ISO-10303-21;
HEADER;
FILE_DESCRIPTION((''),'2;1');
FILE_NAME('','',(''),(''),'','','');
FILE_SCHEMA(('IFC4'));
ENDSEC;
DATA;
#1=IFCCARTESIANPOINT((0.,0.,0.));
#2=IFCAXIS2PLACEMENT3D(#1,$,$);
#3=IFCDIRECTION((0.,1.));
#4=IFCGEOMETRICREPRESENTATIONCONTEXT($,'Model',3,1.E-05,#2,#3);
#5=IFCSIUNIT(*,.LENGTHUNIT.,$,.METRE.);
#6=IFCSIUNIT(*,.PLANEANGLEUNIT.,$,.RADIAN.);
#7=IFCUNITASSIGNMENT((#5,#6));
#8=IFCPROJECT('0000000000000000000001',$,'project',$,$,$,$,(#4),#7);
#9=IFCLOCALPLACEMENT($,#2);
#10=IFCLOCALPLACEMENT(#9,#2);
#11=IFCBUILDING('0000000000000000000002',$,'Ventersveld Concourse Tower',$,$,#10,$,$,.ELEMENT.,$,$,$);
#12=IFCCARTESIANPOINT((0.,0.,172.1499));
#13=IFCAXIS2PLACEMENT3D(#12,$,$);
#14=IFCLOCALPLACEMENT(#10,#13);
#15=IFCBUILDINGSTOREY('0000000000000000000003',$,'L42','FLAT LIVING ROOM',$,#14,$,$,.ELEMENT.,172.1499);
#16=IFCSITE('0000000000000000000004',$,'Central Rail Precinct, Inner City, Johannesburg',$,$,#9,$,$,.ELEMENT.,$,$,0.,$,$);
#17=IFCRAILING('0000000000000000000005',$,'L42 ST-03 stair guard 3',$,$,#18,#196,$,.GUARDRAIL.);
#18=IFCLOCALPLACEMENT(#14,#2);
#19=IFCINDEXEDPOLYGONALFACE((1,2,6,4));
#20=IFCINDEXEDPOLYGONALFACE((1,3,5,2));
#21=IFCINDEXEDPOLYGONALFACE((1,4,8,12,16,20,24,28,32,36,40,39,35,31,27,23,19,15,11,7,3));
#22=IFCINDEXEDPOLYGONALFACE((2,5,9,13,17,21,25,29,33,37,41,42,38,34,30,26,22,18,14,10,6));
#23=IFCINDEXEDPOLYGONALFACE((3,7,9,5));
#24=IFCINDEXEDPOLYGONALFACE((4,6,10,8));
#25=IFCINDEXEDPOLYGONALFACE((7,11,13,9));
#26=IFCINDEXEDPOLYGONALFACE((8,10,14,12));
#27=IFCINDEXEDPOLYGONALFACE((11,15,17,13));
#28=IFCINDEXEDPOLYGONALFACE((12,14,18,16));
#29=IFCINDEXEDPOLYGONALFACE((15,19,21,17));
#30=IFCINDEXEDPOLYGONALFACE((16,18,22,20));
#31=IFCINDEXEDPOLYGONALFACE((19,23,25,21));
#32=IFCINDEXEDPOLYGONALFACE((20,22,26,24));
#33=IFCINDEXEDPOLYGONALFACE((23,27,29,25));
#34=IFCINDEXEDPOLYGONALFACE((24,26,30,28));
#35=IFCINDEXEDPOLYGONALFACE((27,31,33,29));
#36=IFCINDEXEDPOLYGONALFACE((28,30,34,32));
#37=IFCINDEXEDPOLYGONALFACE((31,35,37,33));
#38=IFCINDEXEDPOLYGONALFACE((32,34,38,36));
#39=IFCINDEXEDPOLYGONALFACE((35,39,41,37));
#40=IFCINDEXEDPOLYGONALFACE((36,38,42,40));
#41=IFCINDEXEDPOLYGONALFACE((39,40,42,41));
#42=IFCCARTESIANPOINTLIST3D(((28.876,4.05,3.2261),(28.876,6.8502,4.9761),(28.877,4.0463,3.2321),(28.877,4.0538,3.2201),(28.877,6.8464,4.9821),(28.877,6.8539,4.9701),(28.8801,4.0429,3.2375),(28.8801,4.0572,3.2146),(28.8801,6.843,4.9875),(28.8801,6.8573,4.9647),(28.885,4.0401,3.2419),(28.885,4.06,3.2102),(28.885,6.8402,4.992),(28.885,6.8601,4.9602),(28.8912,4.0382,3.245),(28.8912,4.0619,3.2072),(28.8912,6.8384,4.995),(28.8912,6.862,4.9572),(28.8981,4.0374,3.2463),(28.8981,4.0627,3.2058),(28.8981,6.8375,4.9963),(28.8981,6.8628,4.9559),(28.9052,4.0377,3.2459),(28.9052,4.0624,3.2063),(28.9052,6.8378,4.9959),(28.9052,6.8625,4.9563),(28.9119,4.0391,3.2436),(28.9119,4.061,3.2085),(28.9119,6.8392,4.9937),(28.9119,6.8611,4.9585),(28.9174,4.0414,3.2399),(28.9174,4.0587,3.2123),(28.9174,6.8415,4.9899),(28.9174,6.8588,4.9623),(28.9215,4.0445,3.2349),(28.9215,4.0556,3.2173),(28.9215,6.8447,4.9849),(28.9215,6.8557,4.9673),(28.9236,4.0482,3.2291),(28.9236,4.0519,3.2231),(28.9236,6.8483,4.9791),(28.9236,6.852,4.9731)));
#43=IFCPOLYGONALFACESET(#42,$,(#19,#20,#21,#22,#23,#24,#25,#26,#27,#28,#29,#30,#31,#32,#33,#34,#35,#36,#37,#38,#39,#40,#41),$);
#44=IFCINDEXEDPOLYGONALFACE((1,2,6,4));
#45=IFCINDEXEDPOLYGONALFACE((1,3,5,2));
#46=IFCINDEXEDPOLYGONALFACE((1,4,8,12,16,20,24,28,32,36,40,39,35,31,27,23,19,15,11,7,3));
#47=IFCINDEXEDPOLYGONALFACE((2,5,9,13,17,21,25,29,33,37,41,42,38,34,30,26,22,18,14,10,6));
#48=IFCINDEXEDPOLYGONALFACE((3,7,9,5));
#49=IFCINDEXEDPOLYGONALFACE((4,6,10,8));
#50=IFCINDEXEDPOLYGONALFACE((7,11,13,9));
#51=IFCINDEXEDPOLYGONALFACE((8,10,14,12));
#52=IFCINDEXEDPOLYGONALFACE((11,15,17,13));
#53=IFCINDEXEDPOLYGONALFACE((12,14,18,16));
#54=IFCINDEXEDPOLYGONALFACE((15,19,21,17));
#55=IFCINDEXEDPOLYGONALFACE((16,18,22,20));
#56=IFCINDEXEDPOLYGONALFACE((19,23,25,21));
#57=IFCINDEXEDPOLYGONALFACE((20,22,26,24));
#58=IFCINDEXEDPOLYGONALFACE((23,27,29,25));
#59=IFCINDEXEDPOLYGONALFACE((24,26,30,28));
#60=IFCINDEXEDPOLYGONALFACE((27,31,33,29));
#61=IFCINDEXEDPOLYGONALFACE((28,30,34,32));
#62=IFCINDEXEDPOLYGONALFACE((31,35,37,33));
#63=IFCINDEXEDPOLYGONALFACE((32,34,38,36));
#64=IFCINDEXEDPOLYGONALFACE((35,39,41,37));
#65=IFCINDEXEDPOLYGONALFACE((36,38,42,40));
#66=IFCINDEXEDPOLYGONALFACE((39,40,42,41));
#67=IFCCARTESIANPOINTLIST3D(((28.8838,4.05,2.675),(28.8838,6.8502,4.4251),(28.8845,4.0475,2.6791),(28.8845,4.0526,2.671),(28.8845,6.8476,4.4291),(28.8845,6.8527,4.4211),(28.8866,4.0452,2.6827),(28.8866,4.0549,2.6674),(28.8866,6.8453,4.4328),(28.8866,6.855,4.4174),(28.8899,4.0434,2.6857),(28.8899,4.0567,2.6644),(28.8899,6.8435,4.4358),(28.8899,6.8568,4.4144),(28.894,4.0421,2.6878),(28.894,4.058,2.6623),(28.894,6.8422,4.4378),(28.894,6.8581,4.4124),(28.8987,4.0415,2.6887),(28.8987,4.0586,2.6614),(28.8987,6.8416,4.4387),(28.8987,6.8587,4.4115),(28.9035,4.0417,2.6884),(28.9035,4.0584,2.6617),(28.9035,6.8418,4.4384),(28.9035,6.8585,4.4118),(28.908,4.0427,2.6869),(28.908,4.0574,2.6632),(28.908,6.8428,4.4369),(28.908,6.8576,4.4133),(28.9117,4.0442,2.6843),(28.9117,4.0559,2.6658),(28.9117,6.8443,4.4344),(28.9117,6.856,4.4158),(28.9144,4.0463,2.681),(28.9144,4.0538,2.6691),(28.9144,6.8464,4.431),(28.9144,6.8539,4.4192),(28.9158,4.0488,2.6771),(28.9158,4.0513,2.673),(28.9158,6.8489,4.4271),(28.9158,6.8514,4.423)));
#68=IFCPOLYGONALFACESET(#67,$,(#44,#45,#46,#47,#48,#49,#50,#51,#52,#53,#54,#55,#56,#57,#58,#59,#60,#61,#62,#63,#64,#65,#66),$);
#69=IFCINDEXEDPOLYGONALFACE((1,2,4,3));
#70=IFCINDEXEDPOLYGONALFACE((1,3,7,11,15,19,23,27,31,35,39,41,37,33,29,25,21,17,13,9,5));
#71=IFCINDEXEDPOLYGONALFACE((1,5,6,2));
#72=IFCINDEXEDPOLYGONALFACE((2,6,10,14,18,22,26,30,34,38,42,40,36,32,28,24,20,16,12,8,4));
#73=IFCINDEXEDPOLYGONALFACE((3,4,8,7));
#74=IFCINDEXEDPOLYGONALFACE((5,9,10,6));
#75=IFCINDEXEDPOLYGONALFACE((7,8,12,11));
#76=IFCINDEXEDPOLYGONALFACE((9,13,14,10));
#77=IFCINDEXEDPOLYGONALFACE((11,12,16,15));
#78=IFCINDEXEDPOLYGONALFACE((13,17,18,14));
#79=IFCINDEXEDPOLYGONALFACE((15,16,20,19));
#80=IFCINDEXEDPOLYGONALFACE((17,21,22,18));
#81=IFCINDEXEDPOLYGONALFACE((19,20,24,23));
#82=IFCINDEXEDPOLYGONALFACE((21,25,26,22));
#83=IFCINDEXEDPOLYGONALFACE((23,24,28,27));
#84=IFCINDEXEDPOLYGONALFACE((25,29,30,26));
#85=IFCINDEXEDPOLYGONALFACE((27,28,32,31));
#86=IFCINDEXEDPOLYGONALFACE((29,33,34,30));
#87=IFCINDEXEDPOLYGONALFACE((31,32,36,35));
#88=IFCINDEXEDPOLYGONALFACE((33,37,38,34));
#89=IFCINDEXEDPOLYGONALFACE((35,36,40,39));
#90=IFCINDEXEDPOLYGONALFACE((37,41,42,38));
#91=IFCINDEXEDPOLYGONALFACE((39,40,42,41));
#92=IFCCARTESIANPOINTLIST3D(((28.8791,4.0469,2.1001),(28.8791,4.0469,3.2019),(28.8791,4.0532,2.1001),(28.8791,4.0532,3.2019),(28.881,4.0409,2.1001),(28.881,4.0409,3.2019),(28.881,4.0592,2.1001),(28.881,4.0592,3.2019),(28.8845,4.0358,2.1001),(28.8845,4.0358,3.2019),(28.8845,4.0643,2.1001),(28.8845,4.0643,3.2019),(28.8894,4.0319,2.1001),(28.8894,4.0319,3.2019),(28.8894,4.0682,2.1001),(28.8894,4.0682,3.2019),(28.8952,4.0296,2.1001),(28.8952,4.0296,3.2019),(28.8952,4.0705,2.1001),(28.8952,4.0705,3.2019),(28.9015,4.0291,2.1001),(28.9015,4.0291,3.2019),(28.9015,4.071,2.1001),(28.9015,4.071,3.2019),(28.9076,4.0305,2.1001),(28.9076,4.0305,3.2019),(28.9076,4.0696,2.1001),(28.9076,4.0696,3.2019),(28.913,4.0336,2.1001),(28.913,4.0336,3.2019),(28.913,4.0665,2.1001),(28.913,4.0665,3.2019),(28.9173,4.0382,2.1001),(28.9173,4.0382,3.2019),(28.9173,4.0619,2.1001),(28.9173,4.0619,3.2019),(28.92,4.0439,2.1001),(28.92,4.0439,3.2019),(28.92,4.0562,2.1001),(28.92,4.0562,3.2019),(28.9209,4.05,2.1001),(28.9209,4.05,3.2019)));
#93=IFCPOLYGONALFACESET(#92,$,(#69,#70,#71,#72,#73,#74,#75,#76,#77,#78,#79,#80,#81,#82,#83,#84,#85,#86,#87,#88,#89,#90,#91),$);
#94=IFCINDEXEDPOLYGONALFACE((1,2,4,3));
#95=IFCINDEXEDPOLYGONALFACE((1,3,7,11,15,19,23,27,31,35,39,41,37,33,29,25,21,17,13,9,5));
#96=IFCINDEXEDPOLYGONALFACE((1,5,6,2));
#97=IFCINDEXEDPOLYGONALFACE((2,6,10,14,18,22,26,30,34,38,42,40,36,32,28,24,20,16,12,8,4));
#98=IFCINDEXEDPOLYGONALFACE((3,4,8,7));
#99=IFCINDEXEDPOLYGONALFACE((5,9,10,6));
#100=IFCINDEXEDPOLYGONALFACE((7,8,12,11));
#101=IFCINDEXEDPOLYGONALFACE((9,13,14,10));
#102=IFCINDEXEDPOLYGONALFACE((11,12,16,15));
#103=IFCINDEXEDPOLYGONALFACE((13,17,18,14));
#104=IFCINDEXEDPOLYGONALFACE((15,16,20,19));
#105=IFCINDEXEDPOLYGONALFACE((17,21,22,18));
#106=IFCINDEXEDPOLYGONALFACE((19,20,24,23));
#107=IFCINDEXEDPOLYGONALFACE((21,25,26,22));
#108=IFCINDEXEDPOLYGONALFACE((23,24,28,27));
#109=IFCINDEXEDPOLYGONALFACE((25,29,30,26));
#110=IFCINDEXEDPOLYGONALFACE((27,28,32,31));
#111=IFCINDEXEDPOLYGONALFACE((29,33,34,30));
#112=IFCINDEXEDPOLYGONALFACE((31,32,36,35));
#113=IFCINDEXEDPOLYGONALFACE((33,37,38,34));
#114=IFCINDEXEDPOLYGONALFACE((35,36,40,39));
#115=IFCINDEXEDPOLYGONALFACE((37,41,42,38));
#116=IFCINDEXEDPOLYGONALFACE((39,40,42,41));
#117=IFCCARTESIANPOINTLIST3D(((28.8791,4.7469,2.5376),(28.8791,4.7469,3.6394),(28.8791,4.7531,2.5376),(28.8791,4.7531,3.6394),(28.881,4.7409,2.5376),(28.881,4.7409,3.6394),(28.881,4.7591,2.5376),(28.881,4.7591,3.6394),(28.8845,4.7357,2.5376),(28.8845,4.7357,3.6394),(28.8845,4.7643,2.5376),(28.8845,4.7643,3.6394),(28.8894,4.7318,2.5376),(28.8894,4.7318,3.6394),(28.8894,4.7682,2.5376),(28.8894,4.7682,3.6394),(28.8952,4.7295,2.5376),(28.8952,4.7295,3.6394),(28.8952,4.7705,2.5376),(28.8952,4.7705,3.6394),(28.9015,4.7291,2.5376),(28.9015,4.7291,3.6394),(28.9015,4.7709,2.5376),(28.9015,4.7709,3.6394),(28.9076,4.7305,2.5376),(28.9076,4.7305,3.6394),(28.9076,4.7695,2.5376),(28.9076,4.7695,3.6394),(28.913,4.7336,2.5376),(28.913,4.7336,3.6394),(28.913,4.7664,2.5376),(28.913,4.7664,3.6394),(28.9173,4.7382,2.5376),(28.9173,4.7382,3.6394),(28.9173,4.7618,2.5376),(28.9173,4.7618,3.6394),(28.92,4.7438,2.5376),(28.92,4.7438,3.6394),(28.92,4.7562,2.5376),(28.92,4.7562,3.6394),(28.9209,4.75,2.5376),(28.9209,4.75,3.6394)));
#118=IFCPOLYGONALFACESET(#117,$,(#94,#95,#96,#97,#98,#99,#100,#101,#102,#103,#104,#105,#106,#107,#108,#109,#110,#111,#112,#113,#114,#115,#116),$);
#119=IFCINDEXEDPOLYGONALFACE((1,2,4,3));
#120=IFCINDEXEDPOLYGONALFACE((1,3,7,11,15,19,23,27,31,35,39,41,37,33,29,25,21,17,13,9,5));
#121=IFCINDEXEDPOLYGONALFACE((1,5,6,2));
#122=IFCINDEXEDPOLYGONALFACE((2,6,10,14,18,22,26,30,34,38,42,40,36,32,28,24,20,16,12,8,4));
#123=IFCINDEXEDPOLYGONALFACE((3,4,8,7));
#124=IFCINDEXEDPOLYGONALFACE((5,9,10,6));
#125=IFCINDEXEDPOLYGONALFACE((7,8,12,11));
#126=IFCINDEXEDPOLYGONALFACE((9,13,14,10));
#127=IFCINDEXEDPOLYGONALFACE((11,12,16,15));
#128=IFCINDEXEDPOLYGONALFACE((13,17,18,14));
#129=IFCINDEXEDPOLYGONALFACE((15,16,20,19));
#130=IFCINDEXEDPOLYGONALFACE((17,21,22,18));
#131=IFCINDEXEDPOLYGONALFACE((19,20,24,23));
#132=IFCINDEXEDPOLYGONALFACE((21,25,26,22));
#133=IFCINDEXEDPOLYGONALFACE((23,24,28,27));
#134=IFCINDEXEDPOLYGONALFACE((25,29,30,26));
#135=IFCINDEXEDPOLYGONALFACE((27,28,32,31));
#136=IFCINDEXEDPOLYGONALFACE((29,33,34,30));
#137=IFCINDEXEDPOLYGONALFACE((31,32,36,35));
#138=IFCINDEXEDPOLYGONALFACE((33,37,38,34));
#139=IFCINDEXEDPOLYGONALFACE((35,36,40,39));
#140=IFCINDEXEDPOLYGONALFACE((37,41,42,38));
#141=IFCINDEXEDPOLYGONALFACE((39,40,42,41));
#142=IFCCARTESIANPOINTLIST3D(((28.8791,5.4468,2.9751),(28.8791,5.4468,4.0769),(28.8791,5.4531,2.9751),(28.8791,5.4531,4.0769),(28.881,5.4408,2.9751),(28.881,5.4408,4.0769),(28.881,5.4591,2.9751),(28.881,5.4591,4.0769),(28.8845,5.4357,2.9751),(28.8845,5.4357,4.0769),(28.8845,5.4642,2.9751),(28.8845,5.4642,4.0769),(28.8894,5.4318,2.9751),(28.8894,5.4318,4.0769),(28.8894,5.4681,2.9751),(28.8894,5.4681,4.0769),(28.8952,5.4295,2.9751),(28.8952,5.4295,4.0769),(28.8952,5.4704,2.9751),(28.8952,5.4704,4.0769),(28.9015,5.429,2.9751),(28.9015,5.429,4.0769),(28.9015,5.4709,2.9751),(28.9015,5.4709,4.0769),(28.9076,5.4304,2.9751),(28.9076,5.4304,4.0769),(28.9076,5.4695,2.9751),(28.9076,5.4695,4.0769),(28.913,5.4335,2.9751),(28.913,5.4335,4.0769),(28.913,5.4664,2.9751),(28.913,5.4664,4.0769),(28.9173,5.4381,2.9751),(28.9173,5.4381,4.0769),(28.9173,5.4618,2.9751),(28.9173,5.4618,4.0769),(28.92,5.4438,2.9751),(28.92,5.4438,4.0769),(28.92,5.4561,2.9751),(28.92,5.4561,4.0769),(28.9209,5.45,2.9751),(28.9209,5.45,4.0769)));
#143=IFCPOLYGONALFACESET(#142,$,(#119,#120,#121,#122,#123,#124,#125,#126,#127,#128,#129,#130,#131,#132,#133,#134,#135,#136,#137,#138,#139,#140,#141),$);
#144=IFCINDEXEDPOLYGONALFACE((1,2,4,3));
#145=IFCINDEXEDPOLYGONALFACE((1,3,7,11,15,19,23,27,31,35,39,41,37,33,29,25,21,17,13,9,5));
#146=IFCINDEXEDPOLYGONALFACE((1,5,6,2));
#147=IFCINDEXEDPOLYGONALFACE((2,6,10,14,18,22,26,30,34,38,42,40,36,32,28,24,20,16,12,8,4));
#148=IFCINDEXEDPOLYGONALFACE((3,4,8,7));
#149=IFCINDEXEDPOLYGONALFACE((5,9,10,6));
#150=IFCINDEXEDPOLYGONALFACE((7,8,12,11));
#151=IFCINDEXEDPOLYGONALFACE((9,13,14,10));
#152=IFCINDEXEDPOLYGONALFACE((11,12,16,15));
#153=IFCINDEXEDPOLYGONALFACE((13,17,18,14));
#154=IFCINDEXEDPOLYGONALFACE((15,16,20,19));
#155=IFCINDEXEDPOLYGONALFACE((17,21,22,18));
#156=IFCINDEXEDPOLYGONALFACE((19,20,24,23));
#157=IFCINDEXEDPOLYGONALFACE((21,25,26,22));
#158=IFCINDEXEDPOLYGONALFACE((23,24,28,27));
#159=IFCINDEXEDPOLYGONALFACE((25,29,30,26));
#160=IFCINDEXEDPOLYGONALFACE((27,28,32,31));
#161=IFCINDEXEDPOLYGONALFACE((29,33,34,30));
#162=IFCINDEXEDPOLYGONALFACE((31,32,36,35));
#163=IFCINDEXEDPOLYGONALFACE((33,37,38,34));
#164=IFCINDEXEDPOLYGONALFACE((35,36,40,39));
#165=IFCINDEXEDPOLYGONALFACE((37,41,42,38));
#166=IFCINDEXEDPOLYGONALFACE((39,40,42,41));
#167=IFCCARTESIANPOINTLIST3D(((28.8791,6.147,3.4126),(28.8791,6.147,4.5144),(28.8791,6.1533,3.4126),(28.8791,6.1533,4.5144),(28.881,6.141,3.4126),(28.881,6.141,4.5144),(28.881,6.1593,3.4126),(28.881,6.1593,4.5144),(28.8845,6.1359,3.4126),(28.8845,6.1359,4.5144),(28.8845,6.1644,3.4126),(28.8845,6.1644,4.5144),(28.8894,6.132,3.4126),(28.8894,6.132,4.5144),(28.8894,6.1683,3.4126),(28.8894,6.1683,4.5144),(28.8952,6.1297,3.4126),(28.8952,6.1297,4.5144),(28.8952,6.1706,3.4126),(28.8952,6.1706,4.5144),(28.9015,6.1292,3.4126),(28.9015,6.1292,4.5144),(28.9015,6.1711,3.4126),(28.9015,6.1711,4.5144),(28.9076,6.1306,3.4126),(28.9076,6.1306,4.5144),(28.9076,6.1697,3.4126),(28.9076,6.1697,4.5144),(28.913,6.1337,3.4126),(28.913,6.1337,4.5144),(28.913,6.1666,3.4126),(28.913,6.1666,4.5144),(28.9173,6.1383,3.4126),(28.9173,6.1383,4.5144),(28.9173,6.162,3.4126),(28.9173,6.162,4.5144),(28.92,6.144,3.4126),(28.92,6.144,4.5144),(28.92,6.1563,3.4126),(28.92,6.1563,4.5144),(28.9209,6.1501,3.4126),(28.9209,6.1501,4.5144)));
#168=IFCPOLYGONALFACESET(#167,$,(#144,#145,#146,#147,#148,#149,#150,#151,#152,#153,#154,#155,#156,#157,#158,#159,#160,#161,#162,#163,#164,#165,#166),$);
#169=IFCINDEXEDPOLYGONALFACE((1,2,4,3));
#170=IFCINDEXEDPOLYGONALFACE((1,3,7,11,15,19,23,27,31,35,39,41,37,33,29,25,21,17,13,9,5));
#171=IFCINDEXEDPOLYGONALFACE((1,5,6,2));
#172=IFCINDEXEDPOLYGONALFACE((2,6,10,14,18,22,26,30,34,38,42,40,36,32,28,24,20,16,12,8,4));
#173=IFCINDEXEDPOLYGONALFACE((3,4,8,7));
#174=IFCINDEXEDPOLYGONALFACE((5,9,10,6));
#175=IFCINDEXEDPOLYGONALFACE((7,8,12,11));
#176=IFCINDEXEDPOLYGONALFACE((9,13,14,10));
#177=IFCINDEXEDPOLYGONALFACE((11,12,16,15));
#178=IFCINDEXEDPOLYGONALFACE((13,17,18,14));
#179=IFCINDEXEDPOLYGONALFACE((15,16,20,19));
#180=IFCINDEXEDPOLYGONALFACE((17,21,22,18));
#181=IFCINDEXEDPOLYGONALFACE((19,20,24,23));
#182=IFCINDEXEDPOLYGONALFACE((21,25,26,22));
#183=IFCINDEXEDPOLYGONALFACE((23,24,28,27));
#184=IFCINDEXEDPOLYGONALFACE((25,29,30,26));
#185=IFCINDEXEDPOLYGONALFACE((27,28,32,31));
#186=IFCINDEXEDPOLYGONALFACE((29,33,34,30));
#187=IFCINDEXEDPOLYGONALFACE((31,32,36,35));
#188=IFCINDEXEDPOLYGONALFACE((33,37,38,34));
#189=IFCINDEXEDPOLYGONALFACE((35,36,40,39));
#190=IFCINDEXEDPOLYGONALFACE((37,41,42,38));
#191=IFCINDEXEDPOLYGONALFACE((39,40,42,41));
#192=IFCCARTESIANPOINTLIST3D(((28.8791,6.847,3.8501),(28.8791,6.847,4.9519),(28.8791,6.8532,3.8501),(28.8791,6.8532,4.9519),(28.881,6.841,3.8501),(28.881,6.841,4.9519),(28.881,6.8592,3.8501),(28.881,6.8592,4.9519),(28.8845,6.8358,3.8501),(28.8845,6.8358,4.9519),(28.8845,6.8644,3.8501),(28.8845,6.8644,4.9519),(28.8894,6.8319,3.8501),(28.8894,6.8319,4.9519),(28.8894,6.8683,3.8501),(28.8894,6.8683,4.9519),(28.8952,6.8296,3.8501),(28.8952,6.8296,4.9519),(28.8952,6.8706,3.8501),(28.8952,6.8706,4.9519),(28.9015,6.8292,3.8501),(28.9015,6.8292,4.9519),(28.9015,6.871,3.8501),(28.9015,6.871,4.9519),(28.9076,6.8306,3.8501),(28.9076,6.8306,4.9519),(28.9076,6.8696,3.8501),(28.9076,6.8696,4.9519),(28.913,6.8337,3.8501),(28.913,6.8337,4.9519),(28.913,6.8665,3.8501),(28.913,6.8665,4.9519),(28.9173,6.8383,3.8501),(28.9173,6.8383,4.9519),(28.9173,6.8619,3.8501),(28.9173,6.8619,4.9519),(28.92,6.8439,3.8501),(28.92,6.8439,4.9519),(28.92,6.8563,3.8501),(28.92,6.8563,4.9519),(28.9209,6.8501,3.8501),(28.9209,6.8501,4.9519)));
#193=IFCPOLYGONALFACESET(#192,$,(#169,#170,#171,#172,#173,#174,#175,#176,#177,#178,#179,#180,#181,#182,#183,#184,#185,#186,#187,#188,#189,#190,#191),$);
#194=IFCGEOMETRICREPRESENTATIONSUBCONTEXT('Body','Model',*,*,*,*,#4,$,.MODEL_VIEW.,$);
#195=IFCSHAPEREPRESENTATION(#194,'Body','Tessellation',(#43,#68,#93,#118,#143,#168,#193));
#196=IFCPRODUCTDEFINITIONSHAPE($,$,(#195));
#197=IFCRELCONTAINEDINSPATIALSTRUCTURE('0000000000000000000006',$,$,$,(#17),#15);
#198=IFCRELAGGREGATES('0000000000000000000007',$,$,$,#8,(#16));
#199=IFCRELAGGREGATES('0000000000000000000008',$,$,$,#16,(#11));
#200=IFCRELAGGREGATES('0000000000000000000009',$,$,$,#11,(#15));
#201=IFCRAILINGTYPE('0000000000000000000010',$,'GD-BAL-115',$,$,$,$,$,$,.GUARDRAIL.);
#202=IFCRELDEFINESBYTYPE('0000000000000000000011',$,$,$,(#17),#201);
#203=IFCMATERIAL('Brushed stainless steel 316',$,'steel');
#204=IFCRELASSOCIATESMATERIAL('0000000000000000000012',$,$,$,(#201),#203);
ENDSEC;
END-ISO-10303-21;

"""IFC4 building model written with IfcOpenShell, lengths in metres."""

from ifc_helpers import new_model, si_unit, direction, frame, origin, origin_2d, place, context, subcontext, project, spatial, circle, extrude, material, type_object, element, save


model = new_model("IFC4")

# Units and contexts
model_context = context("Model", 3, precision=1e-05, world=origin(), true_north=direction((0.0, 1.0)))
body_context = subcontext(model_context, "Body", "Model", "MODEL_VIEW")
ifc_project = project(units=[si_unit("LENGTHUNIT", "METRE"), si_unit("PLANEANGLEUNIT", "RADIAN")], contexts=[model_context])

# Site, building, storey
site_placement = place(None, origin())
site = spatial("IfcSite", under=ifc_project, at=site_placement, Name="Central Rail Precinct, Inner City, Johannesburg", CompositionType="ELEMENT", RefElevation=0.0)
building_placement = place(site_placement, origin())
building = spatial("IfcBuilding", under=site, at=building_placement, Name="Ventersveld Concourse Tower", CompositionType="ELEMENT")
storey_placement = place(building_placement, frame((0.0, 0.0, 172.1499)))
storey = spatial("IfcBuildingStorey", under=building, at=storey_placement, Name="L42", Description="FLAT LIVING ROOM", CompositionType="ELEMENT", Elevation=172.1499)

# Shared definitions
ifc_material_1 = material(Name="Brushed stainless steel 316", Category="steel")

# Railing
railing_type_1 = type_object("IfcRailingType", Name="GD-BAL-115", PredefinedType="GUARDRAIL", material=ifc_material_1)
railing_1_placement = place(storey_placement, frame((28.8999, 4.05, 2.1001)))
element("IfcRailing", 1, at=railing_1_placement, inside=storey, type_object=railing_type_1, Name="L42 ST-03 stair guard 3", PredefinedType="GUARDRAIL", context=body_context, shape_type="SweptSolid", body=[
    extrude(circle(Radius=0.0239, at=origin_2d()), frame((0.0, 0.0, 1.126), z_axis=(0.0, 0.848002, 0.529992), x_axis=(-1.0, 0.0, 0.0)), (0.0, 0.0, 1.0), 3.302),
    extrude(circle(Radius=0.0161, at=origin_2d()), frame((0.0, 0.0, 0.575), z_axis=(0.0, 0.848002, 0.529992), x_axis=(-1.0, 0.0, 0.0)), (0.0, 0.0, 1.0), 3.302),
    extrude(circle(Radius=0.021, at=origin_2d()), origin(), (0.0, 0.0, 1.0), 1.1018),
    extrude(circle(Radius=0.021, at=origin_2d()), frame((0.0, 0.7, 0.4375)), (0.0, 0.0, 1.0), 1.1018),
    extrude(circle(Radius=0.021, at=origin_2d()), frame((0.0, 1.3999, 0.875)), (0.0, 0.0, 1.0), 1.1018),
    extrude(circle(Radius=0.021, at=origin_2d()), frame((0.0, 2.1001, 1.3125)), (0.0, 0.0, 1.0), 1.1018),
    extrude(circle(Radius=0.021, at=origin_2d()), frame((0.0, 2.8, 1.75)), (0.0, 0.0, 1.0), 1.1018),
])

save(model, "model.ifc")
